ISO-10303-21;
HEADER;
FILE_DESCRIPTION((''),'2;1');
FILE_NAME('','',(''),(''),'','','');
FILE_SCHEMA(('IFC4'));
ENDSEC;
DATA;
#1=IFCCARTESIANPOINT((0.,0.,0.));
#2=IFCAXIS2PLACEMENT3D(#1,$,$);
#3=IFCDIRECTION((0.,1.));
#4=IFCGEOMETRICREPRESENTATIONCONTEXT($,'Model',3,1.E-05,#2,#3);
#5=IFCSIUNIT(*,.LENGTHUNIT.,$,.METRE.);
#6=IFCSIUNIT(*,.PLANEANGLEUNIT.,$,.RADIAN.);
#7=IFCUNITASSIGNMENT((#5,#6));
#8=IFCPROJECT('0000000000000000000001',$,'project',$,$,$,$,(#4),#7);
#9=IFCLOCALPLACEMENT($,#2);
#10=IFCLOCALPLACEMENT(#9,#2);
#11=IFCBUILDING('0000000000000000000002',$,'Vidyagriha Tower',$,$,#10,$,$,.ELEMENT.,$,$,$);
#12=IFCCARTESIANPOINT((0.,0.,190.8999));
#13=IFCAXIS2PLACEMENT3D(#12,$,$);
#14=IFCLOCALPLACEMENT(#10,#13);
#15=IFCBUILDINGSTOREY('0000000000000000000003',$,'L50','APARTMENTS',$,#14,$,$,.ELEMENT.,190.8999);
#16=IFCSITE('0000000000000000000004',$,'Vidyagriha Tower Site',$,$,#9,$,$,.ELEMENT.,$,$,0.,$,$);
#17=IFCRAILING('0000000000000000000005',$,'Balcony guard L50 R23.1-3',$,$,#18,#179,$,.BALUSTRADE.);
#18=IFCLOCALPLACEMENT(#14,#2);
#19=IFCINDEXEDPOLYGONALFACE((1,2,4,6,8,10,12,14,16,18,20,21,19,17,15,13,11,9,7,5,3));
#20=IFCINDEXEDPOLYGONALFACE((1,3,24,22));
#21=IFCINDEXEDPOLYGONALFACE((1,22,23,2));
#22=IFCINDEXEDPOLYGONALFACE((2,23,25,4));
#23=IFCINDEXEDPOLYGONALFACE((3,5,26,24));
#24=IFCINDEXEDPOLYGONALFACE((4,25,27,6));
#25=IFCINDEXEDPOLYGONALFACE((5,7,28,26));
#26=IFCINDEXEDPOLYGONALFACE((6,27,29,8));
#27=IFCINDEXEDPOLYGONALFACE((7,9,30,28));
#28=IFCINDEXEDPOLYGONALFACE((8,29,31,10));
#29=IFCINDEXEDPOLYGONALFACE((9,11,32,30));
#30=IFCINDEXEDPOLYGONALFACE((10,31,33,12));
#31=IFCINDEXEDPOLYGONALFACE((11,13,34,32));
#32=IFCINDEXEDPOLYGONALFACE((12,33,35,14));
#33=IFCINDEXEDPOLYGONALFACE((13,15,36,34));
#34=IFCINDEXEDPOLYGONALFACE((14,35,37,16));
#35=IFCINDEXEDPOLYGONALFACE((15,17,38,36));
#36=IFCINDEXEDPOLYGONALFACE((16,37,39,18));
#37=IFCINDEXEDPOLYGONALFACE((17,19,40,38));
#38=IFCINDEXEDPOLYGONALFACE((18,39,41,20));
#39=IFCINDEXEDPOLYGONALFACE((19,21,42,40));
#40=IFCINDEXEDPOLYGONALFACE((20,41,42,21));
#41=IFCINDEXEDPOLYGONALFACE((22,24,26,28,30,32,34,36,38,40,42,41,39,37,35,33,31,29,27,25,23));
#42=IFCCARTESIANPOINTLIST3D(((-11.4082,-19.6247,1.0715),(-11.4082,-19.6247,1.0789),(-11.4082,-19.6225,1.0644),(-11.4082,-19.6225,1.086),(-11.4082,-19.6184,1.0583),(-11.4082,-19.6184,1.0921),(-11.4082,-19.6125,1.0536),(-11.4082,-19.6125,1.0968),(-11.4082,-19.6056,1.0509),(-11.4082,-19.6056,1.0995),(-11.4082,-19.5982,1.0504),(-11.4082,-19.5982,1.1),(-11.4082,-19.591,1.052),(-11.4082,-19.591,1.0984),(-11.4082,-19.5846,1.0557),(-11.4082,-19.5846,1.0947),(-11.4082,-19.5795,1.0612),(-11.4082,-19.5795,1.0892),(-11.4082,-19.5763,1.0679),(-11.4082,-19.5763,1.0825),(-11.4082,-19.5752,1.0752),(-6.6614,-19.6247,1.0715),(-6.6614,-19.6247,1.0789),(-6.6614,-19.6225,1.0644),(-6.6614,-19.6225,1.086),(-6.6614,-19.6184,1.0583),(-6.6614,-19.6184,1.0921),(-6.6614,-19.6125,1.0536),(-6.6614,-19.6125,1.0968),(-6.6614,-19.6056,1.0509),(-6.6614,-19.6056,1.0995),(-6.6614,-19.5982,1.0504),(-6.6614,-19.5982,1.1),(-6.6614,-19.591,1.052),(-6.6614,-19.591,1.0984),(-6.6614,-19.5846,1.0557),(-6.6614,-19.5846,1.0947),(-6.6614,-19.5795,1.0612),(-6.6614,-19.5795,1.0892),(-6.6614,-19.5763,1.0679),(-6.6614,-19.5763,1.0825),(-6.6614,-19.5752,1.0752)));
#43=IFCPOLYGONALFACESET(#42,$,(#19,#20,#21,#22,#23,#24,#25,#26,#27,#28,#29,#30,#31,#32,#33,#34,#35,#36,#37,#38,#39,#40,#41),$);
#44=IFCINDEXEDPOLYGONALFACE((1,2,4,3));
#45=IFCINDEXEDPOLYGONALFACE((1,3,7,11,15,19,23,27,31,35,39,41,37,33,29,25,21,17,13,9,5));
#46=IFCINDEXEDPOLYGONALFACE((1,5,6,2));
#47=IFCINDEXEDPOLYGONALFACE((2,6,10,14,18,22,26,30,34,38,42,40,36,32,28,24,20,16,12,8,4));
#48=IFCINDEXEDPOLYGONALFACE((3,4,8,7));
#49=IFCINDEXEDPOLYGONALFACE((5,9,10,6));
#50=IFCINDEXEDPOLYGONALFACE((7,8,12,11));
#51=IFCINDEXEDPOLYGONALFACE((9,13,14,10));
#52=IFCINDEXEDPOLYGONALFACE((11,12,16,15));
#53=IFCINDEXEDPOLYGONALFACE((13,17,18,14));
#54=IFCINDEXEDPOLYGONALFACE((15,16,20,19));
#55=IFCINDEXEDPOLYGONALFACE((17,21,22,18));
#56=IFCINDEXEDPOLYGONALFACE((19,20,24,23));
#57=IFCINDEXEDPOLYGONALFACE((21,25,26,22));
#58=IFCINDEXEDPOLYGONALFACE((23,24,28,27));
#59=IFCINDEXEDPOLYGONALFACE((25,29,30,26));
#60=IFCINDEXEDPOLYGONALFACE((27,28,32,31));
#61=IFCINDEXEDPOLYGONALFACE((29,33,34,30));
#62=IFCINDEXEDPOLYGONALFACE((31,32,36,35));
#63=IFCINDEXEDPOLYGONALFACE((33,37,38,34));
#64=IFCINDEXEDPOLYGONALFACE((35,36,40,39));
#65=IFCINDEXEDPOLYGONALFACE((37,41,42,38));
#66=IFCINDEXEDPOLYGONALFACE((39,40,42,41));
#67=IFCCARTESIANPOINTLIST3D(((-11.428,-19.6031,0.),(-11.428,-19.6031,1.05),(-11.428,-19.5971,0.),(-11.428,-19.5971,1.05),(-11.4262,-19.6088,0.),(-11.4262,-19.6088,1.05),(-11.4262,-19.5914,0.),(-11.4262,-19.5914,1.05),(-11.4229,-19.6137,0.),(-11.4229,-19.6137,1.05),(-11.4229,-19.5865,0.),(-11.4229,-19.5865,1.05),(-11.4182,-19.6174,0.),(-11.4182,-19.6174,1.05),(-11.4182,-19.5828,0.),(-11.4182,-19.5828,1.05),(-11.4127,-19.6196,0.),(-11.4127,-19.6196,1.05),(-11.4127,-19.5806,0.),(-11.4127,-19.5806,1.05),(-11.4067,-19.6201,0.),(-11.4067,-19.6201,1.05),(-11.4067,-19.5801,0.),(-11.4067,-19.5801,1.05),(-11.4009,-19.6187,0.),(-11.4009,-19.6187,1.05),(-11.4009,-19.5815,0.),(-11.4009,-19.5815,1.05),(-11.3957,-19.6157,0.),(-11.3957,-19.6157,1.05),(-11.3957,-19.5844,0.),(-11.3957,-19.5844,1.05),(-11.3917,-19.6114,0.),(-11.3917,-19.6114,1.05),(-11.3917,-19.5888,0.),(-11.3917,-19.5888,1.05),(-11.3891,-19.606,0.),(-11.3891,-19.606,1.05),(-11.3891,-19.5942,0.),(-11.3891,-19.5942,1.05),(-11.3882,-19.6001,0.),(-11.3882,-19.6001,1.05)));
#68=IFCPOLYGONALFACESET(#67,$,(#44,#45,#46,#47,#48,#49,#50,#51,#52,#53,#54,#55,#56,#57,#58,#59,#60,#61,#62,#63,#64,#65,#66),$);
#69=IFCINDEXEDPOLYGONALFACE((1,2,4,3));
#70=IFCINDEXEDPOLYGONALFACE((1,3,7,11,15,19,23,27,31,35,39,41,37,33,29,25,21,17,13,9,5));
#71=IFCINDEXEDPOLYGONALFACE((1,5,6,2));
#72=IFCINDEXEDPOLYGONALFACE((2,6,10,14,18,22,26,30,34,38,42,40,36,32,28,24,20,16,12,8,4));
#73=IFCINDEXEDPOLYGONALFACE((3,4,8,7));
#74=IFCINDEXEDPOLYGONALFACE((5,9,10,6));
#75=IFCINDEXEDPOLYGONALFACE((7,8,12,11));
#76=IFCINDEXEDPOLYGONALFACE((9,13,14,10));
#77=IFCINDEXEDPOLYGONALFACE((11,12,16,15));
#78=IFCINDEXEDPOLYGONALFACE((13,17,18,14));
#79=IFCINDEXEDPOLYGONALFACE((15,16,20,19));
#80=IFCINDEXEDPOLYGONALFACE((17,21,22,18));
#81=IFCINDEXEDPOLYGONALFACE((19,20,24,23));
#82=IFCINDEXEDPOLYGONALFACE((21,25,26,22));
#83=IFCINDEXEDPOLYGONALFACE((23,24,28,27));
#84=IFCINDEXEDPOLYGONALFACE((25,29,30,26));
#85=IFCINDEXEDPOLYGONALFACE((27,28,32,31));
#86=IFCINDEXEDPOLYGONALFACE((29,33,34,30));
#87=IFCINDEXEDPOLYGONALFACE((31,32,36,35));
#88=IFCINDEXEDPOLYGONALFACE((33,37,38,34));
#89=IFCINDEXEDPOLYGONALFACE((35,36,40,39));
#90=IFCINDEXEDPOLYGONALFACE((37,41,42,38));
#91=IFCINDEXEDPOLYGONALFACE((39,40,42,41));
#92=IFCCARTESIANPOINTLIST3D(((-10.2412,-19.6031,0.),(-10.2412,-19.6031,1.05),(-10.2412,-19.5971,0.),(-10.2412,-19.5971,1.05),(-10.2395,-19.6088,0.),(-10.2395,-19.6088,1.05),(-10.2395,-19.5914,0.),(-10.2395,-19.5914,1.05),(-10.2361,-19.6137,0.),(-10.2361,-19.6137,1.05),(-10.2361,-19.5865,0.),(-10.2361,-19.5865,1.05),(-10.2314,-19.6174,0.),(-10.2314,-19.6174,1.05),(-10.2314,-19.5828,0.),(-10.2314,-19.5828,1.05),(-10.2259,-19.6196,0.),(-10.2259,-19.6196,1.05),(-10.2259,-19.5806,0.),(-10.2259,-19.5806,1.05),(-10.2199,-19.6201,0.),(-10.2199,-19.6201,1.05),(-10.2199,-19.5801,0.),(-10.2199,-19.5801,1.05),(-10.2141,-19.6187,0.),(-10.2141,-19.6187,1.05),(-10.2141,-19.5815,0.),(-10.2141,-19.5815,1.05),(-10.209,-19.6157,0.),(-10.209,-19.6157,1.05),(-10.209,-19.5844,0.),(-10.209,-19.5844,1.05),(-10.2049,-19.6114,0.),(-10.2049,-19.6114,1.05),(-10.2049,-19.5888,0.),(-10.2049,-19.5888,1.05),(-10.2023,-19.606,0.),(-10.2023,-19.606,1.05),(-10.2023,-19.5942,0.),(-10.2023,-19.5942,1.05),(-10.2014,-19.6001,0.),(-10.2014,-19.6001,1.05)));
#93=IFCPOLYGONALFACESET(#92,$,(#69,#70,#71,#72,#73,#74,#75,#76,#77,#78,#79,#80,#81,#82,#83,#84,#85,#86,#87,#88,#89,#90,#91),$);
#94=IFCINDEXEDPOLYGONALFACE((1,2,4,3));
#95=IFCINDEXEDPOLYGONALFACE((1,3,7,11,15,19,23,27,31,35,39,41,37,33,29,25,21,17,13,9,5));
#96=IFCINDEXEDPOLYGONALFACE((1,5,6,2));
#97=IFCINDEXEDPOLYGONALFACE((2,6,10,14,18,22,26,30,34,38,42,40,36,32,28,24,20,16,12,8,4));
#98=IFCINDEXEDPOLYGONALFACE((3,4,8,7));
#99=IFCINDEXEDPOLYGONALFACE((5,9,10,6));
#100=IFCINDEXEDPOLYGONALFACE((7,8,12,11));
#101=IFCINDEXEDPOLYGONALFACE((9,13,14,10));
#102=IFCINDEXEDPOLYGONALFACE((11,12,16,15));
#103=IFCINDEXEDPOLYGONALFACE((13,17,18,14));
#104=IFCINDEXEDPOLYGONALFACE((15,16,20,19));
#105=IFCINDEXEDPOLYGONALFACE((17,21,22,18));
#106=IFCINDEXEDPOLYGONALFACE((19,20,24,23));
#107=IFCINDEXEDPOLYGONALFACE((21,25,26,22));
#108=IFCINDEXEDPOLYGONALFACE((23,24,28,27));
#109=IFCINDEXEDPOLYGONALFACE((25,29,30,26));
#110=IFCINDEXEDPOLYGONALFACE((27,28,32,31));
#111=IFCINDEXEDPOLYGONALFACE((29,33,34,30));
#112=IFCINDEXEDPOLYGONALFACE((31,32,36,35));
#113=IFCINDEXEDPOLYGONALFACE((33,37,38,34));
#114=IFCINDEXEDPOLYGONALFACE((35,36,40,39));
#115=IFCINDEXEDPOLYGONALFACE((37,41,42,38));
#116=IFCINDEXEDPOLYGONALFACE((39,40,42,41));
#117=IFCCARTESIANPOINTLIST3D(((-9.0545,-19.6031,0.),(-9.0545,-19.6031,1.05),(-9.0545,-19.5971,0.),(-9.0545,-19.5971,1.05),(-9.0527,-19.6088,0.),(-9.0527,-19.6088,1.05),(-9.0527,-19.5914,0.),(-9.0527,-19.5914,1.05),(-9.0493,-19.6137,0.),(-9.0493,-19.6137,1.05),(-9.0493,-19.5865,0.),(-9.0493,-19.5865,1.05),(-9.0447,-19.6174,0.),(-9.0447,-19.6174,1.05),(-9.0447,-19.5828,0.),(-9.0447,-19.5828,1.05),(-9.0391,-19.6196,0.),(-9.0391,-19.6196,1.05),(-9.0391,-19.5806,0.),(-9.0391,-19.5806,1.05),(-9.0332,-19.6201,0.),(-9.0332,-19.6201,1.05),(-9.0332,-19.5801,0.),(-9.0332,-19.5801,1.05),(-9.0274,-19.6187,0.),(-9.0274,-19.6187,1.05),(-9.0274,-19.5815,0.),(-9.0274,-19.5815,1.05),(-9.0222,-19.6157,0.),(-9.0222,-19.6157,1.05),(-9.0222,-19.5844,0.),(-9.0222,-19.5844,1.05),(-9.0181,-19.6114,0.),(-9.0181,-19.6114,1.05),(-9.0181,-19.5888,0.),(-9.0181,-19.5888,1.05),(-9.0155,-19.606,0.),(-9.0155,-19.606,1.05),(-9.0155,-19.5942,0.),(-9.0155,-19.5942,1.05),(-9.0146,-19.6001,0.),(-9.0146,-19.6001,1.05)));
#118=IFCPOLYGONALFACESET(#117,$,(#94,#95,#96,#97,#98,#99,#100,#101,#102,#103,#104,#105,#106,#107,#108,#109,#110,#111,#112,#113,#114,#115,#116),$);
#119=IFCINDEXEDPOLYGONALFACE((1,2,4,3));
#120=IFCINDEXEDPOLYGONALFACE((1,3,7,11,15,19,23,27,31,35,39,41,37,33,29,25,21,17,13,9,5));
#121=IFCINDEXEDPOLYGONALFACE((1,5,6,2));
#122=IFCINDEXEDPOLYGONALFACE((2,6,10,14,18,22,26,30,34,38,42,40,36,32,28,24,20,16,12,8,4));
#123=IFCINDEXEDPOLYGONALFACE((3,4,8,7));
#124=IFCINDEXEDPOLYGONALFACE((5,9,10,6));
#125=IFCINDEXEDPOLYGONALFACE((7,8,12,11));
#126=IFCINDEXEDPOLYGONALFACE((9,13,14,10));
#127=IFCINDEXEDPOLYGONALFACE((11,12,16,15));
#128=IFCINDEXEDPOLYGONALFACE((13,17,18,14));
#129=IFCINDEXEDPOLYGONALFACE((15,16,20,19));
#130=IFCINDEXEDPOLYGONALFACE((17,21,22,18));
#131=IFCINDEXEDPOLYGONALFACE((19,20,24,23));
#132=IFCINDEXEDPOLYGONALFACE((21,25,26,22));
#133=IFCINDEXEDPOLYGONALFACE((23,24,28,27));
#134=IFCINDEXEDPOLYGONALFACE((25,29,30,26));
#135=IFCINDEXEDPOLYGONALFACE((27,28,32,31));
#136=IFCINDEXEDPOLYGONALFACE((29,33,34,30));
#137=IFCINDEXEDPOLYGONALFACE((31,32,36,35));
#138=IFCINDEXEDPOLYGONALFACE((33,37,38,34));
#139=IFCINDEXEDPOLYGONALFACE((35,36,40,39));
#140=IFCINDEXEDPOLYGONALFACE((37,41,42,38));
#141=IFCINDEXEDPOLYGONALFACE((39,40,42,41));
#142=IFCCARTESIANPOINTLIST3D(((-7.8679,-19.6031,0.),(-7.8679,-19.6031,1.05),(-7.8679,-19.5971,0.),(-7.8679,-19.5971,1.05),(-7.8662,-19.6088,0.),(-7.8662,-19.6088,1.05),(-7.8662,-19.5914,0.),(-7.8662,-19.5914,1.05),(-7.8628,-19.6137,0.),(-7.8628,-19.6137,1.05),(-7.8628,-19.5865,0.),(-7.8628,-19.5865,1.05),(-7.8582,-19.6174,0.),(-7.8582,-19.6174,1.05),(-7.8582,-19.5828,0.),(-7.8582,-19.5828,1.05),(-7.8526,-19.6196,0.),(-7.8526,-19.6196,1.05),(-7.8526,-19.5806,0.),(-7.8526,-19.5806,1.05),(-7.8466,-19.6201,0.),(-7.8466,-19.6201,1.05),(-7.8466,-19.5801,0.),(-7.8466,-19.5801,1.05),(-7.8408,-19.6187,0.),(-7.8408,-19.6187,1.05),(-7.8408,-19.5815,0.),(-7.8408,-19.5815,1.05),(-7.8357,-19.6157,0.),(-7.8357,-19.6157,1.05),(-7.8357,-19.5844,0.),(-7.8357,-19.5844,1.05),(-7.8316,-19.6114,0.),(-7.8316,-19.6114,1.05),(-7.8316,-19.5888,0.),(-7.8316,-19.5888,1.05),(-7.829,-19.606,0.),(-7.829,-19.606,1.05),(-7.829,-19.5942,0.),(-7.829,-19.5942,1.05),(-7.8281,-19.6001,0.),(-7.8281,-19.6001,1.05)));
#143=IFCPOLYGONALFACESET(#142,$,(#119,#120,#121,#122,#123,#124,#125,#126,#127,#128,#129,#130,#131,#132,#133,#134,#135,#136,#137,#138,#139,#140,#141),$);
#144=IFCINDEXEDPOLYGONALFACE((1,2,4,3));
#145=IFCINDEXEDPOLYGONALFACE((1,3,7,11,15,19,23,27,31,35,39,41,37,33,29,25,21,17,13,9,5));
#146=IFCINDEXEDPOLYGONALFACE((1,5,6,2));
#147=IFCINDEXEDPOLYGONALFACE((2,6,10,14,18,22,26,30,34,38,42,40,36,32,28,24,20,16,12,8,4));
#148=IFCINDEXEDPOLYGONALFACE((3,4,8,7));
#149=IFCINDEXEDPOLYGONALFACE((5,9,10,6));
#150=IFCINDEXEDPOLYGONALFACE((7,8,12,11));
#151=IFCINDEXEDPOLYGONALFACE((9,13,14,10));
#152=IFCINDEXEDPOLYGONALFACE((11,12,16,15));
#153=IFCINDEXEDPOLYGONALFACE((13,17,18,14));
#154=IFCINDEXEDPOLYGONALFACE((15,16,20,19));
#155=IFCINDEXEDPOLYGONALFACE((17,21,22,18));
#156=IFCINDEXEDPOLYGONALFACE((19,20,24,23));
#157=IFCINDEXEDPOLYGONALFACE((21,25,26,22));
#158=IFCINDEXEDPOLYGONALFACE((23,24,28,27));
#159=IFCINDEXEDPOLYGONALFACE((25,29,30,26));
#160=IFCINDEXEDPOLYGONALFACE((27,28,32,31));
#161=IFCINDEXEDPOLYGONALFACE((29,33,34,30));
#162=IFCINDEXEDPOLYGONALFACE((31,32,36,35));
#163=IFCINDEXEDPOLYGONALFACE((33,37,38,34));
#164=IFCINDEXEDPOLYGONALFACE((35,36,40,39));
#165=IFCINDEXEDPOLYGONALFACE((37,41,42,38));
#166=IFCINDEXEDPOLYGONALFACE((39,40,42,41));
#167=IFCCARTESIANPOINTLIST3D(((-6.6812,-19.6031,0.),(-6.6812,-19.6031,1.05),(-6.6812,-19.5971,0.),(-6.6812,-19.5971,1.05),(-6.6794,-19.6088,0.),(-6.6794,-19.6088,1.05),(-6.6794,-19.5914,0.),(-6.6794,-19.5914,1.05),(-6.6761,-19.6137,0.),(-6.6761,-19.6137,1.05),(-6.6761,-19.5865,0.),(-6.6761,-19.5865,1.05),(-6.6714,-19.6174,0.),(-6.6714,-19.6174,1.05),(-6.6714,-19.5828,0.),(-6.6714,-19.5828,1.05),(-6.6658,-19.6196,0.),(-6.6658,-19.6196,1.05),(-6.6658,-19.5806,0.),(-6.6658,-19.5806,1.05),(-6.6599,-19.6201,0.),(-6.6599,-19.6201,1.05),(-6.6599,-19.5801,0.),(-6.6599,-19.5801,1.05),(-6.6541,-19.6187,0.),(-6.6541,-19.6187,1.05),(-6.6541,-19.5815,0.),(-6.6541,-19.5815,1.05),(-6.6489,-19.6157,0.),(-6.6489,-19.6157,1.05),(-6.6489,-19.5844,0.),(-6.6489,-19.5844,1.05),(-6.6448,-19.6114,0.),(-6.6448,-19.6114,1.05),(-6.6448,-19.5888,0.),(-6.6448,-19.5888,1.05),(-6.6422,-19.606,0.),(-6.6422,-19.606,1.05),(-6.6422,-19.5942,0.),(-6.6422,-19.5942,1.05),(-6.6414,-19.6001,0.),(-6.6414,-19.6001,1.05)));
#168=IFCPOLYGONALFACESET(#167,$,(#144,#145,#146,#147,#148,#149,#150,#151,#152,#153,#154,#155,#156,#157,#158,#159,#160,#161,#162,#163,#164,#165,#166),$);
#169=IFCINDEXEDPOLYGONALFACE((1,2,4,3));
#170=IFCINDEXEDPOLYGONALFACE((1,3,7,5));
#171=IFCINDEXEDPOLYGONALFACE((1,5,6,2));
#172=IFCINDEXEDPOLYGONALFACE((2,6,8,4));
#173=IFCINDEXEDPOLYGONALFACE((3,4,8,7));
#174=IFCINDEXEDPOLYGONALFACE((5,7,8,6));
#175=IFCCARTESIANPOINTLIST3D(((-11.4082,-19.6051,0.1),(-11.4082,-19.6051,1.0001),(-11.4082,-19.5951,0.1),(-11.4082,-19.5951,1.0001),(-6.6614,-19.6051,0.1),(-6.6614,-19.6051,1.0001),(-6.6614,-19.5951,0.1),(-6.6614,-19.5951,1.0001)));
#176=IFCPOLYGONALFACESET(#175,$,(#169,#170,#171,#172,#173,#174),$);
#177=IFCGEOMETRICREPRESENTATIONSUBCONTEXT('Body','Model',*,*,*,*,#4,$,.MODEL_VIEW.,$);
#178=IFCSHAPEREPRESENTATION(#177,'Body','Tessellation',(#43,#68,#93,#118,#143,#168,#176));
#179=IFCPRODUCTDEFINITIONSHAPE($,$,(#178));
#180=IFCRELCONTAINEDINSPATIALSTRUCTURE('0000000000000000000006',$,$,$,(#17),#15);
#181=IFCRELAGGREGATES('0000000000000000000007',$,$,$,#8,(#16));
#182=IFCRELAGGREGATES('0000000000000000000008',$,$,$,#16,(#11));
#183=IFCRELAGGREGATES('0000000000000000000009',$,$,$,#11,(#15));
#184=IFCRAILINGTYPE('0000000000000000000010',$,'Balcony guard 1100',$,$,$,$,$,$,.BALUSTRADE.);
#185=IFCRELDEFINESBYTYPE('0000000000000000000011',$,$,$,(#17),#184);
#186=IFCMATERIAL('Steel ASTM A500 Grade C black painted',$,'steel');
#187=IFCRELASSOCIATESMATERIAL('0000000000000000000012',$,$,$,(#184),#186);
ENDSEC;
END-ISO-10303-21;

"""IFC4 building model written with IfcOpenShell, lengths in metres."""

from ifc_helpers import new_model, si_unit, direction, frame, origin, origin_2d, place, context, subcontext, project, spatial, rectangle, circle, extrude, material, type_object, element, save


model = new_model("IFC4")

# Units and contexts
model_context = context("Model", 3, precision=1e-05, world=origin(), true_north=direction((0.0, 1.0)))
body_context = subcontext(model_context, "Body", "Model", "MODEL_VIEW")
ifc_project = project(units=[si_unit("LENGTHUNIT", "METRE"), si_unit("PLANEANGLEUNIT", "RADIAN")], contexts=[model_context])

# Site, building, storey
site_placement = place(None, origin())
site = spatial("IfcSite", under=ifc_project, at=site_placement, Name="Vidyagriha Tower Site", CompositionType="ELEMENT", RefElevation=0.0)
building_placement = place(site_placement, origin())
building = spatial("IfcBuilding", under=site, at=building_placement, Name="Vidyagriha Tower", CompositionType="ELEMENT")
storey_placement = place(building_placement, frame((0.0, 0.0, 190.8999)))
storey = spatial("IfcBuildingStorey", under=building, at=storey_placement, Name="L50", Description="APARTMENTS", CompositionType="ELEMENT", Elevation=190.8999)

# Railing
ifc_material_1 = material(Name="Steel ASTM A500 Grade C black painted", Category="steel")
railing_type = type_object("IfcRailingType", Name="Balcony guard 1100", PredefinedType="BALUSTRADE", material=ifc_material_1)
railing_1_placement = place(storey_placement, frame((-11.4082, -19.6001, 0.0)))
element("IfcRailing", 1, at=railing_1_placement, inside=storey, type_object=railing_type, Name="Balcony guard L50 R23.1-3", PredefinedType="BALUSTRADE", context=body_context, shape_type="SweptSolid", body=[
    extrude(circle(Radius=0.0249, at=origin_2d()), frame((0.0, 0.0, 1.0752), z_axis=(1.0, 0.0, 0.0), x_axis=(0.0, 1.0, 0.0)), (0.0, 0.0, 1.0), 4.7468),
    extrude(circle(Radius=0.02, at=origin_2d()), origin(), (0.0, 0.0, 1.0), 1.05),
    extrude(circle(Radius=0.02, at=origin_2d()), frame((1.1868, 0.0, 0.0)), (0.0, 0.0, 1.0), 1.05),
    extrude(circle(Radius=0.02, at=origin_2d()), frame((2.3735, 0.0, 0.0)), (0.0, 0.0, 1.0), 1.05),
    extrude(circle(Radius=0.02, at=origin_2d()), frame((3.5601, 0.0, 0.0)), (0.0, 0.0, 1.0), 1.05),
    extrude(circle(Radius=0.02, at=origin_2d()), frame((4.7468, 0.0, 0.0)), (0.0, 0.0, 1.0), 1.05),
    extrude(rectangle(XDim=0.01, YDim=0.9001, at=origin_2d()), frame((0.0, 0.0, 0.55), z_axis=(1.0, 0.0, 0.0), x_axis=(0.0, 1.0, 0.0)), (0.0, 0.0, 1.0), 4.7468),
])

save(model, "model.ifc")
